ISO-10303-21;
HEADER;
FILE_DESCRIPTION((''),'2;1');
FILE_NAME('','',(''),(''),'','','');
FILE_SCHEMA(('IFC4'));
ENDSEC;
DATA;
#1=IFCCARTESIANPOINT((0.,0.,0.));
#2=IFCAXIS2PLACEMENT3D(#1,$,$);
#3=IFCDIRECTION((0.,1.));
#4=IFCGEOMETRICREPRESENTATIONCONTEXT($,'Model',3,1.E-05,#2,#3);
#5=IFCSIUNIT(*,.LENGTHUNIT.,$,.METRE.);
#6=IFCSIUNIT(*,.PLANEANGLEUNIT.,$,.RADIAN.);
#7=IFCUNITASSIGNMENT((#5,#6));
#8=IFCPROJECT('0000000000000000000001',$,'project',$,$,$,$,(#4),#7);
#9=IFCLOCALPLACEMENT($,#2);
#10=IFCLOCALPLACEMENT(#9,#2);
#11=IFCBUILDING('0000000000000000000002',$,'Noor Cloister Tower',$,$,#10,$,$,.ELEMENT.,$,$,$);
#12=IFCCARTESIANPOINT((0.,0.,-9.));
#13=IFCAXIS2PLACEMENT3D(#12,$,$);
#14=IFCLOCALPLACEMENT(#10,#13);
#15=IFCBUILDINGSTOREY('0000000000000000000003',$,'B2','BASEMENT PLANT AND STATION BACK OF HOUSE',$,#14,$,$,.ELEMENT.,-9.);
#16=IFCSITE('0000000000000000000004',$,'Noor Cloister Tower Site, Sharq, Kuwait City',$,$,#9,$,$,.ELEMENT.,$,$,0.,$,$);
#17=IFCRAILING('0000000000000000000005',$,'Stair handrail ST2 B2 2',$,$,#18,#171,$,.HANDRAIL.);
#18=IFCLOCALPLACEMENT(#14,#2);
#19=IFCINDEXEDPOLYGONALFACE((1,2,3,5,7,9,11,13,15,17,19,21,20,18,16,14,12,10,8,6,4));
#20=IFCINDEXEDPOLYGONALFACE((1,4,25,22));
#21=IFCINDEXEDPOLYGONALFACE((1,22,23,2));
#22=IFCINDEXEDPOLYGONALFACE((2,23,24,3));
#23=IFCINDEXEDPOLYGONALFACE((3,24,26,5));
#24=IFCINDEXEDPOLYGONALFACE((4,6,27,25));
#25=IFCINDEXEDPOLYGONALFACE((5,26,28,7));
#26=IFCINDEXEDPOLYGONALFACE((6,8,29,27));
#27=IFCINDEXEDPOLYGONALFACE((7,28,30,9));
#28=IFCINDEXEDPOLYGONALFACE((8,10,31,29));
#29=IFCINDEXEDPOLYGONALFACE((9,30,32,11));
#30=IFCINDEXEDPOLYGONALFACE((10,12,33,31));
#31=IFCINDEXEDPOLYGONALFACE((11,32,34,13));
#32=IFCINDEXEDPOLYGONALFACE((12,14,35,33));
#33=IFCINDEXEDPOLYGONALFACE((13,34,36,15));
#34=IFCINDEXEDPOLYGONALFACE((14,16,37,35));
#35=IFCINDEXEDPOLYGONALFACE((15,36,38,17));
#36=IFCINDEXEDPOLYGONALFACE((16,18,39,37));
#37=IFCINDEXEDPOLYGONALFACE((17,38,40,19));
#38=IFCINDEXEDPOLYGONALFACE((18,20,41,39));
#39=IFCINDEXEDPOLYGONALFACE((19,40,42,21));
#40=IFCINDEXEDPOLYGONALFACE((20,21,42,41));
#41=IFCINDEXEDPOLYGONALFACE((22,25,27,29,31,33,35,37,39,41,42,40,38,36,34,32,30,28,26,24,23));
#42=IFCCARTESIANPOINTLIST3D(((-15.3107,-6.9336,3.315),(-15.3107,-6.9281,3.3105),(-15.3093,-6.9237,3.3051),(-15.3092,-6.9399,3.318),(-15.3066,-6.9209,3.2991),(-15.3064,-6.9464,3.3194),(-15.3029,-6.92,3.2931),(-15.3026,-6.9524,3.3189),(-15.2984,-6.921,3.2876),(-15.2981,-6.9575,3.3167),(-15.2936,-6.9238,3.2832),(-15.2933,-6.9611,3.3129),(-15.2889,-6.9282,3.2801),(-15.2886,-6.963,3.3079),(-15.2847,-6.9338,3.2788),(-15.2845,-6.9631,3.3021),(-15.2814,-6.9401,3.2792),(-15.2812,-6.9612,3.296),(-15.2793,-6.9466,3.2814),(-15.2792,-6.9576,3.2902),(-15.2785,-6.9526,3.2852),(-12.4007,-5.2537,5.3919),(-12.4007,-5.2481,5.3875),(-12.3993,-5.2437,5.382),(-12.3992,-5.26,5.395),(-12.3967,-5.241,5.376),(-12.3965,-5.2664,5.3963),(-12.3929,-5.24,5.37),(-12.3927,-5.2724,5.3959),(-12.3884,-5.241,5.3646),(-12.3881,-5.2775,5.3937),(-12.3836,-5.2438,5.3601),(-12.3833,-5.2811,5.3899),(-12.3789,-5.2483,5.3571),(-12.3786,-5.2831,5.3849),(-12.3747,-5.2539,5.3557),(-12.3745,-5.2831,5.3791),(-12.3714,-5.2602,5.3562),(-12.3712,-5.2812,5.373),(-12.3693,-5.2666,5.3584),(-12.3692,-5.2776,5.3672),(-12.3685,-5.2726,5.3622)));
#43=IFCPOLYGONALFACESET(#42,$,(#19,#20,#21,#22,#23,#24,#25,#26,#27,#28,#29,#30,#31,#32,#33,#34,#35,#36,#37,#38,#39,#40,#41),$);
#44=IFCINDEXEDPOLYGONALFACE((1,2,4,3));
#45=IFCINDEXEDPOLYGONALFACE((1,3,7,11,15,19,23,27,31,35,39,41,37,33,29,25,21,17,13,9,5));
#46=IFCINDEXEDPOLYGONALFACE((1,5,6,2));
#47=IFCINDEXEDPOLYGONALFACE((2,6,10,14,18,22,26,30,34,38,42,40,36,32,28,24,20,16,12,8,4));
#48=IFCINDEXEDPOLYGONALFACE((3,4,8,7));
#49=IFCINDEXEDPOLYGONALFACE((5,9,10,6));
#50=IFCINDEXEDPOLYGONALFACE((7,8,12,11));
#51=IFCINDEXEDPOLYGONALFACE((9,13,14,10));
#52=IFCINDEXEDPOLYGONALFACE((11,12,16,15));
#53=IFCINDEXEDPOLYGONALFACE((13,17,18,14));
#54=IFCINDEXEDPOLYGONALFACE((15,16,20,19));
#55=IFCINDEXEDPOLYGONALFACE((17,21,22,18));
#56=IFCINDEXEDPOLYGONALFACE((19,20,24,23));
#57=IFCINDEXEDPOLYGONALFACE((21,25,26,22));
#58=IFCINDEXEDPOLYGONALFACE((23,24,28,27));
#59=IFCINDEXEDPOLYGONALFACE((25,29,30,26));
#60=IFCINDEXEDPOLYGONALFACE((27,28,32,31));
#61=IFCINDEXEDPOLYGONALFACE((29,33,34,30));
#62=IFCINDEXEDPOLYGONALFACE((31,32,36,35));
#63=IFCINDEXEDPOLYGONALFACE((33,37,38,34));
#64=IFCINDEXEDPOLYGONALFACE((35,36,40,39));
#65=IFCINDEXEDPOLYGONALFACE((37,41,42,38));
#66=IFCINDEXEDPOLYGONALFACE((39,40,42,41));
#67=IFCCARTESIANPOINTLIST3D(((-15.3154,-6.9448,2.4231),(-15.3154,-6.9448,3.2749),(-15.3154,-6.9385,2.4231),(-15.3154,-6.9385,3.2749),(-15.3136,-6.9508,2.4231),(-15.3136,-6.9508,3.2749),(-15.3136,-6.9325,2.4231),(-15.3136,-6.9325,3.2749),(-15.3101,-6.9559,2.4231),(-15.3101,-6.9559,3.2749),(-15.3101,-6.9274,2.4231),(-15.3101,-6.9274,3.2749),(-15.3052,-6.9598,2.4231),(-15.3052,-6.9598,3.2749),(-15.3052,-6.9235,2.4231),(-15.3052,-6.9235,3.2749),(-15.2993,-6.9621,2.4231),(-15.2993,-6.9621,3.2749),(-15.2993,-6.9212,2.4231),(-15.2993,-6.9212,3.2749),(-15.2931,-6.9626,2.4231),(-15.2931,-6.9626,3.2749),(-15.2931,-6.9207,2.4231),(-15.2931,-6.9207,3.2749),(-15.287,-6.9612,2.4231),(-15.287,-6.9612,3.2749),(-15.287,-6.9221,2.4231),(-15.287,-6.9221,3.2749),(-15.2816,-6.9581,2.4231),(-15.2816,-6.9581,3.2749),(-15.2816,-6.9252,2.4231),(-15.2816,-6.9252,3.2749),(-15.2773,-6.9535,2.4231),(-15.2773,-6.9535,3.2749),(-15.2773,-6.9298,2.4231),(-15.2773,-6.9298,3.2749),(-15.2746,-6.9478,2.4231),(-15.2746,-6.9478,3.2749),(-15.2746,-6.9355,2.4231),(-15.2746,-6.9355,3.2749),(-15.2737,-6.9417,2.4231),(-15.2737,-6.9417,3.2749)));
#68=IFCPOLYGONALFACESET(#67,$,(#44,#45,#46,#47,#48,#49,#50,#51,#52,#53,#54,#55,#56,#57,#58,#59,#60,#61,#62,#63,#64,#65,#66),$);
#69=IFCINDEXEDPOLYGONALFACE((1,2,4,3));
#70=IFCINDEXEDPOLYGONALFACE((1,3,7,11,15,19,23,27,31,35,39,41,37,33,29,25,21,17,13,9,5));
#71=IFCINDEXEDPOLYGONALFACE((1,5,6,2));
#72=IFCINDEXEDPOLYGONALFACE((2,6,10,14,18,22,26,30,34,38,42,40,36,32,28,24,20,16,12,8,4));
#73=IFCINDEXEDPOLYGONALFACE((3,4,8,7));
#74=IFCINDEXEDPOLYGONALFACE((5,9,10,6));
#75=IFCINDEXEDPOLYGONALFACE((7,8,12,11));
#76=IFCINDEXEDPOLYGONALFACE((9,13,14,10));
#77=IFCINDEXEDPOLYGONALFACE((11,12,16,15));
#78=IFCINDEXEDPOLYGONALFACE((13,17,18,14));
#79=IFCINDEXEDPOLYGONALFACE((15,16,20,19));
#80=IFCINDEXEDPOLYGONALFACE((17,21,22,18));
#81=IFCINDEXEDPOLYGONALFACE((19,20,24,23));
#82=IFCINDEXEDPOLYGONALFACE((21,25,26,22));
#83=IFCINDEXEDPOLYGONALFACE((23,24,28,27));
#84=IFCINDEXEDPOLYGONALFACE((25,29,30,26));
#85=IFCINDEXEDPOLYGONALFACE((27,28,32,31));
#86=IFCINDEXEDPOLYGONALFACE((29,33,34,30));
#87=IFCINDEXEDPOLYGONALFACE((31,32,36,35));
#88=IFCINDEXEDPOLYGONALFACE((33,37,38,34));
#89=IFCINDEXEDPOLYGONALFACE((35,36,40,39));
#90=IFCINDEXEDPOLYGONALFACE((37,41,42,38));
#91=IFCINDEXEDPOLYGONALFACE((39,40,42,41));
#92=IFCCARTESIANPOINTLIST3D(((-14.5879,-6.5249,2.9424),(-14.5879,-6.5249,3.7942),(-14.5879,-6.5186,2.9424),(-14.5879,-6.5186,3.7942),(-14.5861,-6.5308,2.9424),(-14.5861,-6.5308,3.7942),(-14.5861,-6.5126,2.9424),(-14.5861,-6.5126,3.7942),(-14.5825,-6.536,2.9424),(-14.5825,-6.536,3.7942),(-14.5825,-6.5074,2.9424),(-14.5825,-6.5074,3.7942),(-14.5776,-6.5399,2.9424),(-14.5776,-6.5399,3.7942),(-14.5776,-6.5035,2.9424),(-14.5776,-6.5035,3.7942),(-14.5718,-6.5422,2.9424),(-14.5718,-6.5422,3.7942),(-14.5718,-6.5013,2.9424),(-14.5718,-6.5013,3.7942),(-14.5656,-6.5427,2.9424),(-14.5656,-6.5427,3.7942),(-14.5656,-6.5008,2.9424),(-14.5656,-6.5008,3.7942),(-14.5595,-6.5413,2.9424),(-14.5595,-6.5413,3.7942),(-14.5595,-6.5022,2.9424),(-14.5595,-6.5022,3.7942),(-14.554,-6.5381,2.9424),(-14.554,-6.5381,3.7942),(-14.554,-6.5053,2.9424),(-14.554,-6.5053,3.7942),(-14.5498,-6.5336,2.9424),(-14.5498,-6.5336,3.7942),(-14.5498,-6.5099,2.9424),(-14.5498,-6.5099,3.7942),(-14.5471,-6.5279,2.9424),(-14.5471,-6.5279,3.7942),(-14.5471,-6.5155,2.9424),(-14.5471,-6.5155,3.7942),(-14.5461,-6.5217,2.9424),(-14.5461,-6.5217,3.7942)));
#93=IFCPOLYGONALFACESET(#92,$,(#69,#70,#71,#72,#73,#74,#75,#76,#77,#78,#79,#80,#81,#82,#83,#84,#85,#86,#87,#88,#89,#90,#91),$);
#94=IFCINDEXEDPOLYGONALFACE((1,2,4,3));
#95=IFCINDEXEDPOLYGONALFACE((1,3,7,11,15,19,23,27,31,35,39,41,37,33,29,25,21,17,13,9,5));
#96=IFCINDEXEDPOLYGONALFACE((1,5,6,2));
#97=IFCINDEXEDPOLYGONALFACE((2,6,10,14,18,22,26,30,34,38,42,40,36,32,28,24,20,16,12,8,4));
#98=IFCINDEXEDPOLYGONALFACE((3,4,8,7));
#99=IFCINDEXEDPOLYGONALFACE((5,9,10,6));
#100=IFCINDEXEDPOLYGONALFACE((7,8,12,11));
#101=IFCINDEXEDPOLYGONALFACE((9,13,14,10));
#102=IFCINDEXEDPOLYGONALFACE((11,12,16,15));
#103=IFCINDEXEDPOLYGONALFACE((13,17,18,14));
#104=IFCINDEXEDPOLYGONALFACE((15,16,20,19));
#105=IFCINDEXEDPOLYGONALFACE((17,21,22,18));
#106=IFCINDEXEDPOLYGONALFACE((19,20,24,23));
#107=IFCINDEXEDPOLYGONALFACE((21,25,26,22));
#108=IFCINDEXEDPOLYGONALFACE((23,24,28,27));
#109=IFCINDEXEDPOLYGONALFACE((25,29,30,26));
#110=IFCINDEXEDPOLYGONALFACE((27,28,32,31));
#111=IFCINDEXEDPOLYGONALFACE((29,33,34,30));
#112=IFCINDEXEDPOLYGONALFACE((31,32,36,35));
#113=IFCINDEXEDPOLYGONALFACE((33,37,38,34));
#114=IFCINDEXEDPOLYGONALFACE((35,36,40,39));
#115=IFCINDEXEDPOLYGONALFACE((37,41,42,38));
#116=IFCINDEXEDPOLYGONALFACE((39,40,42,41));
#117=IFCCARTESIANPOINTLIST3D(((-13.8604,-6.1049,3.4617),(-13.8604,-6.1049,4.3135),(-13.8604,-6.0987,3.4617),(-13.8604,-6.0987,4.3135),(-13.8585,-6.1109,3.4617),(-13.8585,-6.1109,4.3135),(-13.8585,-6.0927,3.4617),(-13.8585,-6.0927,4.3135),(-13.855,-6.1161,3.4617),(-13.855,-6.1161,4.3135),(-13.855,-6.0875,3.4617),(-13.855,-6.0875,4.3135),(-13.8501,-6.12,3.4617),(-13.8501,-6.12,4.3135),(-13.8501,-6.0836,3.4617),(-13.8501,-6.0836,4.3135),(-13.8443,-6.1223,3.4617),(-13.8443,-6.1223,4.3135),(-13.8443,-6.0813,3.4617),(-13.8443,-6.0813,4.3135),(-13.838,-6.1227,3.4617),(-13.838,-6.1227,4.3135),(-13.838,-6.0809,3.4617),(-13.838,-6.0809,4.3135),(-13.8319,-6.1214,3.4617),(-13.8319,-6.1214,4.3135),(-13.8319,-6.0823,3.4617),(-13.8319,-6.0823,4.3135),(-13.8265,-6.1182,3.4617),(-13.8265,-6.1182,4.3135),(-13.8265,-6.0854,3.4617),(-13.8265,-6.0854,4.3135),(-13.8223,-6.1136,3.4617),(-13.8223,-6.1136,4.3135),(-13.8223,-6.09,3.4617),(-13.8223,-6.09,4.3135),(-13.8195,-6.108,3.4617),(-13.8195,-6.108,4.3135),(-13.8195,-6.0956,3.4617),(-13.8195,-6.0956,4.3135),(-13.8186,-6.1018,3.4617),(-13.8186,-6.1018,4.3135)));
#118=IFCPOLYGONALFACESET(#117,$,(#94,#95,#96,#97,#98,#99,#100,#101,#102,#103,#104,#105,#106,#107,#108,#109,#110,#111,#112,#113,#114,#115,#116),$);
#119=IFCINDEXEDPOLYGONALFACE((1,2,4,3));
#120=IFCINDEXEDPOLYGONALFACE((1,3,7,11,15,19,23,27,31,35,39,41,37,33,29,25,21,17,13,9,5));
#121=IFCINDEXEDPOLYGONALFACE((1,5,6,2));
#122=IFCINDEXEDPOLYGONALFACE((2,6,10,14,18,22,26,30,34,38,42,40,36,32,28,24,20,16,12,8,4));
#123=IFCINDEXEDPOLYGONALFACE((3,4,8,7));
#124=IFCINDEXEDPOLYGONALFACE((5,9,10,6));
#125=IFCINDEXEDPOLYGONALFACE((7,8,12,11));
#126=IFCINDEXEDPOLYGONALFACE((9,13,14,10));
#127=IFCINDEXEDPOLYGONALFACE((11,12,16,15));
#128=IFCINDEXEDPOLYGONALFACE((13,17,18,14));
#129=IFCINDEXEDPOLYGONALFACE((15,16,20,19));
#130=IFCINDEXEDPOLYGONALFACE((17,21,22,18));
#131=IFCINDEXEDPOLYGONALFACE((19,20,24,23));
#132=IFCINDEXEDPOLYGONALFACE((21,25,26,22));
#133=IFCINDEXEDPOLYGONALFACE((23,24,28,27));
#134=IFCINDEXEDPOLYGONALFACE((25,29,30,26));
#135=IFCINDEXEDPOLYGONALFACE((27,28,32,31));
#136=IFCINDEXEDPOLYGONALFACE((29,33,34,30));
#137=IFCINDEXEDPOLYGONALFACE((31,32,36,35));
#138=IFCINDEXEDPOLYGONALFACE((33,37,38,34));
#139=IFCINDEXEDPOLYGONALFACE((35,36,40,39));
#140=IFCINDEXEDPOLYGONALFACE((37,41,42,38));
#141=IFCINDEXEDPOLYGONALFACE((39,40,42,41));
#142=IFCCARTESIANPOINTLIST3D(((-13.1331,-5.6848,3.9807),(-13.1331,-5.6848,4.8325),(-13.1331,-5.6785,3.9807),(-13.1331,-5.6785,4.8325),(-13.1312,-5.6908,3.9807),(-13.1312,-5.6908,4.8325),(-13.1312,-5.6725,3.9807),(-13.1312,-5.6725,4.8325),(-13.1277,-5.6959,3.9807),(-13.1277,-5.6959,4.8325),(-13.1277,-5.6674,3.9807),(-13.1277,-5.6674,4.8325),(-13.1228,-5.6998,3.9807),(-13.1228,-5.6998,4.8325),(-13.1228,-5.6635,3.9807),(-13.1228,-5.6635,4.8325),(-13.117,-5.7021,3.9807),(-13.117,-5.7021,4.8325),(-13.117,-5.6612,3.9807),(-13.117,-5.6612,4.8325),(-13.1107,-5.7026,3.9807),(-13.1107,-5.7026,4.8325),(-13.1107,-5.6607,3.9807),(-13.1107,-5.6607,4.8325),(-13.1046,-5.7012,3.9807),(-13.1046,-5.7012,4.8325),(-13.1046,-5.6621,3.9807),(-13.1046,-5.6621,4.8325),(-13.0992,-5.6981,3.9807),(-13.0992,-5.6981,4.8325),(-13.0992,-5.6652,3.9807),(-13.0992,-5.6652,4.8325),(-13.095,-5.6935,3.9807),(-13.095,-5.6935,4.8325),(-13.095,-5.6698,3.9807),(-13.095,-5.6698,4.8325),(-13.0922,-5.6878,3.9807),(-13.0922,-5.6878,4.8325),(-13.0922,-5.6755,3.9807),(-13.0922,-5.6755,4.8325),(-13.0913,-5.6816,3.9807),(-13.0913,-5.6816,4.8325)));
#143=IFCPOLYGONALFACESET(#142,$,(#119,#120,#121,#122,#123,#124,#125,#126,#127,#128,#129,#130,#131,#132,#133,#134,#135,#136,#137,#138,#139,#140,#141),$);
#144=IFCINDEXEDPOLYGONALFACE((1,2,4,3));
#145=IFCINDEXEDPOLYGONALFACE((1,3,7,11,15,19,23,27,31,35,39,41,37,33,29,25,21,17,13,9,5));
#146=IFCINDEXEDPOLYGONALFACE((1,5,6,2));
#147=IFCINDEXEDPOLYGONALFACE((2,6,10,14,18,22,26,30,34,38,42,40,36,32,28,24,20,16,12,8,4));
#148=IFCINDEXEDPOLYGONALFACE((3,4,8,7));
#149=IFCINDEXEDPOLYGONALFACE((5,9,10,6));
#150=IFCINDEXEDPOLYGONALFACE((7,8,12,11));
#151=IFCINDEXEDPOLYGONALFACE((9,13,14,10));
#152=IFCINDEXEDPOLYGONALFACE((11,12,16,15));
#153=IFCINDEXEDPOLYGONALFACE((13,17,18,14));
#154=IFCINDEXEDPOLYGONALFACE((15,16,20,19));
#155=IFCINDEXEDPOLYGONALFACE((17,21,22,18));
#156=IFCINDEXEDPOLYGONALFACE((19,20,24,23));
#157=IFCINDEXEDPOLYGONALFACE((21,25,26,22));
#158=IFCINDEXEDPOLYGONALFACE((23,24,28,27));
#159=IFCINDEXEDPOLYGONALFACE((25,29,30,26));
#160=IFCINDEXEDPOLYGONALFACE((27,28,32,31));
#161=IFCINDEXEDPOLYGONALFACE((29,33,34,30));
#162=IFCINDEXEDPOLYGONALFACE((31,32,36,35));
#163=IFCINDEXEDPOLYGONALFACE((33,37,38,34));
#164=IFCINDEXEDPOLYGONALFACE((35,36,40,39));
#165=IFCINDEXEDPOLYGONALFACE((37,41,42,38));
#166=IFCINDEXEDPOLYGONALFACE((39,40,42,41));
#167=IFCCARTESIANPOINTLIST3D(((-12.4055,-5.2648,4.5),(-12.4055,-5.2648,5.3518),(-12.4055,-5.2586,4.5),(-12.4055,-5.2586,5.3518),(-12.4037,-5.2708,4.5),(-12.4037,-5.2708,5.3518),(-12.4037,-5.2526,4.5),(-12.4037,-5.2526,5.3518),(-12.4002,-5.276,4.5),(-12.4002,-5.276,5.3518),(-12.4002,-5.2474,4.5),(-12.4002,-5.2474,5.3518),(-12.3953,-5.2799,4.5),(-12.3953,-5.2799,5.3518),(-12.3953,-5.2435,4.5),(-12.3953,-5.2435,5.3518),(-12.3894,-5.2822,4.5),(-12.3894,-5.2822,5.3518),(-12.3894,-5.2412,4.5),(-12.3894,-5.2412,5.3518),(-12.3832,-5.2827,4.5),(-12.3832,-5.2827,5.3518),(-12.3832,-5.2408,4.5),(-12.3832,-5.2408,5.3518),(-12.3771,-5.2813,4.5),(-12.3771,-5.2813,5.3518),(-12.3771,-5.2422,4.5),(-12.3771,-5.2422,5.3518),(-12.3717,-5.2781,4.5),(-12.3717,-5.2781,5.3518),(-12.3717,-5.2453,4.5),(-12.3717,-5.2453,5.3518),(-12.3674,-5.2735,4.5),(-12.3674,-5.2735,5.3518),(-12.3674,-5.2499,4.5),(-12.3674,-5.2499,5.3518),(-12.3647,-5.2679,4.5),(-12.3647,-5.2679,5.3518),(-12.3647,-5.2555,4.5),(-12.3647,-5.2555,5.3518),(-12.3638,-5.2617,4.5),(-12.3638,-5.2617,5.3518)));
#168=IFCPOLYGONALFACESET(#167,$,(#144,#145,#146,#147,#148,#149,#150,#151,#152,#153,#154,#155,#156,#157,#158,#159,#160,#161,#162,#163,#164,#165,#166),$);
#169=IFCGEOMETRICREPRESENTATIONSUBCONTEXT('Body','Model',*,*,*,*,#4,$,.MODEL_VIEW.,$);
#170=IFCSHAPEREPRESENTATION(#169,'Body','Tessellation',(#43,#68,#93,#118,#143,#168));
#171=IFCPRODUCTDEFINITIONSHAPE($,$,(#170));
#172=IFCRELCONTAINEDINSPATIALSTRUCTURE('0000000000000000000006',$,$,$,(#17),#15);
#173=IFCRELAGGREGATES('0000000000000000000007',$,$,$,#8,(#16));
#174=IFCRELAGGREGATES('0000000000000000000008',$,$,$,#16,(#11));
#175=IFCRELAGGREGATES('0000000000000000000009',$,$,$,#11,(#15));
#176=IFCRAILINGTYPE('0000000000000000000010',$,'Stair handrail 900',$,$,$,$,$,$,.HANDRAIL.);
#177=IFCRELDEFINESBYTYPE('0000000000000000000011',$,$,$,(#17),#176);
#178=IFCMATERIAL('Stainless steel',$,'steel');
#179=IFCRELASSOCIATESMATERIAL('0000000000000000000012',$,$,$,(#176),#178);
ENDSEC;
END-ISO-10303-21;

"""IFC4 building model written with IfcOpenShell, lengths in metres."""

from ifc_helpers import new_model, si_unit, direction, frame, origin, origin_2d, place, context, subcontext, project, spatial, circle, extrude, material, type_object, element, save


model = new_model("IFC4")

# Units and contexts
model_context = context("Model", 3, precision=1e-05, world=origin(), true_north=direction((0.0, 1.0)))
body_context = subcontext(model_context, "Body", "Model", "MODEL_VIEW")
ifc_project = project(units=[si_unit("LENGTHUNIT", "METRE"), si_unit("PLANEANGLEUNIT", "RADIAN")], contexts=[model_context])

# Site, building, storey
site_placement = place(None, origin())
site = spatial("IfcSite", under=ifc_project, at=site_placement, Name="Noor Cloister Tower Site, Sharq, Kuwait City", CompositionType="ELEMENT", RefElevation=0.0)
building_placement = place(site_placement, origin())
building = spatial("IfcBuilding", under=site, at=building_placement, Name="Noor Cloister Tower", CompositionType="ELEMENT")
storey_placement = place(building_placement, frame((0.0, 0.0, -9.0)))
storey = spatial("IfcBuildingStorey", under=building, at=storey_placement, Name="B2", Description="BASEMENT PLANT AND STATION BACK OF HOUSE", CompositionType="ELEMENT", Elevation=-9.0)

# Railing
ifc_material_1 = material(Name="Stainless steel", Category="steel")
railing_type = type_object("IfcRailingType", Name="Stair handrail 900", PredefinedType="HANDRAIL", material=ifc_material_1)
railing_1_placement = place(storey_placement, frame((-15.2947, -6.9417, 2.4231)))
element("IfcRailing", 1, at=railing_1_placement, inside=storey, type_object=railing_type, Name="Stair handrail ST2 B2 2", PredefinedType="HANDRAIL", context=body_context, shape_type="SweptSolid", body=[
    extrude(circle(Radius=0.0239, at=origin_2d()), frame((0.0, 0.0, 0.876), z_axis=(0.736668, 0.425288, 0.525785), x_axis=(-0.499976, 0.866039, 0.0)), (0.0, 0.0, 1.0), 3.9502),
    extrude(circle(Radius=0.021, at=origin_2d()), origin(), (0.0, 0.0, 1.0), 0.8518),
    extrude(circle(Radius=0.021, at=origin_2d()), frame((0.7275, 0.4199, 0.5193)), (0.0, 0.0, 1.0), 0.8518),
    extrude(circle(Radius=0.021, at=origin_2d()), frame((1.4551, 0.8398, 1.0386)), (0.0, 0.0, 1.0), 0.8518),
    extrude(circle(Radius=0.021, at=origin_2d()), frame((2.1824, 1.26, 1.5576)), (0.0, 0.0, 1.0), 0.8518),
    extrude(circle(Radius=0.021, at=origin_2d()), frame((2.9099, 1.6799, 2.0769)), (0.0, 0.0, 1.0), 0.8518),
])

save(model, "model.ifc")
